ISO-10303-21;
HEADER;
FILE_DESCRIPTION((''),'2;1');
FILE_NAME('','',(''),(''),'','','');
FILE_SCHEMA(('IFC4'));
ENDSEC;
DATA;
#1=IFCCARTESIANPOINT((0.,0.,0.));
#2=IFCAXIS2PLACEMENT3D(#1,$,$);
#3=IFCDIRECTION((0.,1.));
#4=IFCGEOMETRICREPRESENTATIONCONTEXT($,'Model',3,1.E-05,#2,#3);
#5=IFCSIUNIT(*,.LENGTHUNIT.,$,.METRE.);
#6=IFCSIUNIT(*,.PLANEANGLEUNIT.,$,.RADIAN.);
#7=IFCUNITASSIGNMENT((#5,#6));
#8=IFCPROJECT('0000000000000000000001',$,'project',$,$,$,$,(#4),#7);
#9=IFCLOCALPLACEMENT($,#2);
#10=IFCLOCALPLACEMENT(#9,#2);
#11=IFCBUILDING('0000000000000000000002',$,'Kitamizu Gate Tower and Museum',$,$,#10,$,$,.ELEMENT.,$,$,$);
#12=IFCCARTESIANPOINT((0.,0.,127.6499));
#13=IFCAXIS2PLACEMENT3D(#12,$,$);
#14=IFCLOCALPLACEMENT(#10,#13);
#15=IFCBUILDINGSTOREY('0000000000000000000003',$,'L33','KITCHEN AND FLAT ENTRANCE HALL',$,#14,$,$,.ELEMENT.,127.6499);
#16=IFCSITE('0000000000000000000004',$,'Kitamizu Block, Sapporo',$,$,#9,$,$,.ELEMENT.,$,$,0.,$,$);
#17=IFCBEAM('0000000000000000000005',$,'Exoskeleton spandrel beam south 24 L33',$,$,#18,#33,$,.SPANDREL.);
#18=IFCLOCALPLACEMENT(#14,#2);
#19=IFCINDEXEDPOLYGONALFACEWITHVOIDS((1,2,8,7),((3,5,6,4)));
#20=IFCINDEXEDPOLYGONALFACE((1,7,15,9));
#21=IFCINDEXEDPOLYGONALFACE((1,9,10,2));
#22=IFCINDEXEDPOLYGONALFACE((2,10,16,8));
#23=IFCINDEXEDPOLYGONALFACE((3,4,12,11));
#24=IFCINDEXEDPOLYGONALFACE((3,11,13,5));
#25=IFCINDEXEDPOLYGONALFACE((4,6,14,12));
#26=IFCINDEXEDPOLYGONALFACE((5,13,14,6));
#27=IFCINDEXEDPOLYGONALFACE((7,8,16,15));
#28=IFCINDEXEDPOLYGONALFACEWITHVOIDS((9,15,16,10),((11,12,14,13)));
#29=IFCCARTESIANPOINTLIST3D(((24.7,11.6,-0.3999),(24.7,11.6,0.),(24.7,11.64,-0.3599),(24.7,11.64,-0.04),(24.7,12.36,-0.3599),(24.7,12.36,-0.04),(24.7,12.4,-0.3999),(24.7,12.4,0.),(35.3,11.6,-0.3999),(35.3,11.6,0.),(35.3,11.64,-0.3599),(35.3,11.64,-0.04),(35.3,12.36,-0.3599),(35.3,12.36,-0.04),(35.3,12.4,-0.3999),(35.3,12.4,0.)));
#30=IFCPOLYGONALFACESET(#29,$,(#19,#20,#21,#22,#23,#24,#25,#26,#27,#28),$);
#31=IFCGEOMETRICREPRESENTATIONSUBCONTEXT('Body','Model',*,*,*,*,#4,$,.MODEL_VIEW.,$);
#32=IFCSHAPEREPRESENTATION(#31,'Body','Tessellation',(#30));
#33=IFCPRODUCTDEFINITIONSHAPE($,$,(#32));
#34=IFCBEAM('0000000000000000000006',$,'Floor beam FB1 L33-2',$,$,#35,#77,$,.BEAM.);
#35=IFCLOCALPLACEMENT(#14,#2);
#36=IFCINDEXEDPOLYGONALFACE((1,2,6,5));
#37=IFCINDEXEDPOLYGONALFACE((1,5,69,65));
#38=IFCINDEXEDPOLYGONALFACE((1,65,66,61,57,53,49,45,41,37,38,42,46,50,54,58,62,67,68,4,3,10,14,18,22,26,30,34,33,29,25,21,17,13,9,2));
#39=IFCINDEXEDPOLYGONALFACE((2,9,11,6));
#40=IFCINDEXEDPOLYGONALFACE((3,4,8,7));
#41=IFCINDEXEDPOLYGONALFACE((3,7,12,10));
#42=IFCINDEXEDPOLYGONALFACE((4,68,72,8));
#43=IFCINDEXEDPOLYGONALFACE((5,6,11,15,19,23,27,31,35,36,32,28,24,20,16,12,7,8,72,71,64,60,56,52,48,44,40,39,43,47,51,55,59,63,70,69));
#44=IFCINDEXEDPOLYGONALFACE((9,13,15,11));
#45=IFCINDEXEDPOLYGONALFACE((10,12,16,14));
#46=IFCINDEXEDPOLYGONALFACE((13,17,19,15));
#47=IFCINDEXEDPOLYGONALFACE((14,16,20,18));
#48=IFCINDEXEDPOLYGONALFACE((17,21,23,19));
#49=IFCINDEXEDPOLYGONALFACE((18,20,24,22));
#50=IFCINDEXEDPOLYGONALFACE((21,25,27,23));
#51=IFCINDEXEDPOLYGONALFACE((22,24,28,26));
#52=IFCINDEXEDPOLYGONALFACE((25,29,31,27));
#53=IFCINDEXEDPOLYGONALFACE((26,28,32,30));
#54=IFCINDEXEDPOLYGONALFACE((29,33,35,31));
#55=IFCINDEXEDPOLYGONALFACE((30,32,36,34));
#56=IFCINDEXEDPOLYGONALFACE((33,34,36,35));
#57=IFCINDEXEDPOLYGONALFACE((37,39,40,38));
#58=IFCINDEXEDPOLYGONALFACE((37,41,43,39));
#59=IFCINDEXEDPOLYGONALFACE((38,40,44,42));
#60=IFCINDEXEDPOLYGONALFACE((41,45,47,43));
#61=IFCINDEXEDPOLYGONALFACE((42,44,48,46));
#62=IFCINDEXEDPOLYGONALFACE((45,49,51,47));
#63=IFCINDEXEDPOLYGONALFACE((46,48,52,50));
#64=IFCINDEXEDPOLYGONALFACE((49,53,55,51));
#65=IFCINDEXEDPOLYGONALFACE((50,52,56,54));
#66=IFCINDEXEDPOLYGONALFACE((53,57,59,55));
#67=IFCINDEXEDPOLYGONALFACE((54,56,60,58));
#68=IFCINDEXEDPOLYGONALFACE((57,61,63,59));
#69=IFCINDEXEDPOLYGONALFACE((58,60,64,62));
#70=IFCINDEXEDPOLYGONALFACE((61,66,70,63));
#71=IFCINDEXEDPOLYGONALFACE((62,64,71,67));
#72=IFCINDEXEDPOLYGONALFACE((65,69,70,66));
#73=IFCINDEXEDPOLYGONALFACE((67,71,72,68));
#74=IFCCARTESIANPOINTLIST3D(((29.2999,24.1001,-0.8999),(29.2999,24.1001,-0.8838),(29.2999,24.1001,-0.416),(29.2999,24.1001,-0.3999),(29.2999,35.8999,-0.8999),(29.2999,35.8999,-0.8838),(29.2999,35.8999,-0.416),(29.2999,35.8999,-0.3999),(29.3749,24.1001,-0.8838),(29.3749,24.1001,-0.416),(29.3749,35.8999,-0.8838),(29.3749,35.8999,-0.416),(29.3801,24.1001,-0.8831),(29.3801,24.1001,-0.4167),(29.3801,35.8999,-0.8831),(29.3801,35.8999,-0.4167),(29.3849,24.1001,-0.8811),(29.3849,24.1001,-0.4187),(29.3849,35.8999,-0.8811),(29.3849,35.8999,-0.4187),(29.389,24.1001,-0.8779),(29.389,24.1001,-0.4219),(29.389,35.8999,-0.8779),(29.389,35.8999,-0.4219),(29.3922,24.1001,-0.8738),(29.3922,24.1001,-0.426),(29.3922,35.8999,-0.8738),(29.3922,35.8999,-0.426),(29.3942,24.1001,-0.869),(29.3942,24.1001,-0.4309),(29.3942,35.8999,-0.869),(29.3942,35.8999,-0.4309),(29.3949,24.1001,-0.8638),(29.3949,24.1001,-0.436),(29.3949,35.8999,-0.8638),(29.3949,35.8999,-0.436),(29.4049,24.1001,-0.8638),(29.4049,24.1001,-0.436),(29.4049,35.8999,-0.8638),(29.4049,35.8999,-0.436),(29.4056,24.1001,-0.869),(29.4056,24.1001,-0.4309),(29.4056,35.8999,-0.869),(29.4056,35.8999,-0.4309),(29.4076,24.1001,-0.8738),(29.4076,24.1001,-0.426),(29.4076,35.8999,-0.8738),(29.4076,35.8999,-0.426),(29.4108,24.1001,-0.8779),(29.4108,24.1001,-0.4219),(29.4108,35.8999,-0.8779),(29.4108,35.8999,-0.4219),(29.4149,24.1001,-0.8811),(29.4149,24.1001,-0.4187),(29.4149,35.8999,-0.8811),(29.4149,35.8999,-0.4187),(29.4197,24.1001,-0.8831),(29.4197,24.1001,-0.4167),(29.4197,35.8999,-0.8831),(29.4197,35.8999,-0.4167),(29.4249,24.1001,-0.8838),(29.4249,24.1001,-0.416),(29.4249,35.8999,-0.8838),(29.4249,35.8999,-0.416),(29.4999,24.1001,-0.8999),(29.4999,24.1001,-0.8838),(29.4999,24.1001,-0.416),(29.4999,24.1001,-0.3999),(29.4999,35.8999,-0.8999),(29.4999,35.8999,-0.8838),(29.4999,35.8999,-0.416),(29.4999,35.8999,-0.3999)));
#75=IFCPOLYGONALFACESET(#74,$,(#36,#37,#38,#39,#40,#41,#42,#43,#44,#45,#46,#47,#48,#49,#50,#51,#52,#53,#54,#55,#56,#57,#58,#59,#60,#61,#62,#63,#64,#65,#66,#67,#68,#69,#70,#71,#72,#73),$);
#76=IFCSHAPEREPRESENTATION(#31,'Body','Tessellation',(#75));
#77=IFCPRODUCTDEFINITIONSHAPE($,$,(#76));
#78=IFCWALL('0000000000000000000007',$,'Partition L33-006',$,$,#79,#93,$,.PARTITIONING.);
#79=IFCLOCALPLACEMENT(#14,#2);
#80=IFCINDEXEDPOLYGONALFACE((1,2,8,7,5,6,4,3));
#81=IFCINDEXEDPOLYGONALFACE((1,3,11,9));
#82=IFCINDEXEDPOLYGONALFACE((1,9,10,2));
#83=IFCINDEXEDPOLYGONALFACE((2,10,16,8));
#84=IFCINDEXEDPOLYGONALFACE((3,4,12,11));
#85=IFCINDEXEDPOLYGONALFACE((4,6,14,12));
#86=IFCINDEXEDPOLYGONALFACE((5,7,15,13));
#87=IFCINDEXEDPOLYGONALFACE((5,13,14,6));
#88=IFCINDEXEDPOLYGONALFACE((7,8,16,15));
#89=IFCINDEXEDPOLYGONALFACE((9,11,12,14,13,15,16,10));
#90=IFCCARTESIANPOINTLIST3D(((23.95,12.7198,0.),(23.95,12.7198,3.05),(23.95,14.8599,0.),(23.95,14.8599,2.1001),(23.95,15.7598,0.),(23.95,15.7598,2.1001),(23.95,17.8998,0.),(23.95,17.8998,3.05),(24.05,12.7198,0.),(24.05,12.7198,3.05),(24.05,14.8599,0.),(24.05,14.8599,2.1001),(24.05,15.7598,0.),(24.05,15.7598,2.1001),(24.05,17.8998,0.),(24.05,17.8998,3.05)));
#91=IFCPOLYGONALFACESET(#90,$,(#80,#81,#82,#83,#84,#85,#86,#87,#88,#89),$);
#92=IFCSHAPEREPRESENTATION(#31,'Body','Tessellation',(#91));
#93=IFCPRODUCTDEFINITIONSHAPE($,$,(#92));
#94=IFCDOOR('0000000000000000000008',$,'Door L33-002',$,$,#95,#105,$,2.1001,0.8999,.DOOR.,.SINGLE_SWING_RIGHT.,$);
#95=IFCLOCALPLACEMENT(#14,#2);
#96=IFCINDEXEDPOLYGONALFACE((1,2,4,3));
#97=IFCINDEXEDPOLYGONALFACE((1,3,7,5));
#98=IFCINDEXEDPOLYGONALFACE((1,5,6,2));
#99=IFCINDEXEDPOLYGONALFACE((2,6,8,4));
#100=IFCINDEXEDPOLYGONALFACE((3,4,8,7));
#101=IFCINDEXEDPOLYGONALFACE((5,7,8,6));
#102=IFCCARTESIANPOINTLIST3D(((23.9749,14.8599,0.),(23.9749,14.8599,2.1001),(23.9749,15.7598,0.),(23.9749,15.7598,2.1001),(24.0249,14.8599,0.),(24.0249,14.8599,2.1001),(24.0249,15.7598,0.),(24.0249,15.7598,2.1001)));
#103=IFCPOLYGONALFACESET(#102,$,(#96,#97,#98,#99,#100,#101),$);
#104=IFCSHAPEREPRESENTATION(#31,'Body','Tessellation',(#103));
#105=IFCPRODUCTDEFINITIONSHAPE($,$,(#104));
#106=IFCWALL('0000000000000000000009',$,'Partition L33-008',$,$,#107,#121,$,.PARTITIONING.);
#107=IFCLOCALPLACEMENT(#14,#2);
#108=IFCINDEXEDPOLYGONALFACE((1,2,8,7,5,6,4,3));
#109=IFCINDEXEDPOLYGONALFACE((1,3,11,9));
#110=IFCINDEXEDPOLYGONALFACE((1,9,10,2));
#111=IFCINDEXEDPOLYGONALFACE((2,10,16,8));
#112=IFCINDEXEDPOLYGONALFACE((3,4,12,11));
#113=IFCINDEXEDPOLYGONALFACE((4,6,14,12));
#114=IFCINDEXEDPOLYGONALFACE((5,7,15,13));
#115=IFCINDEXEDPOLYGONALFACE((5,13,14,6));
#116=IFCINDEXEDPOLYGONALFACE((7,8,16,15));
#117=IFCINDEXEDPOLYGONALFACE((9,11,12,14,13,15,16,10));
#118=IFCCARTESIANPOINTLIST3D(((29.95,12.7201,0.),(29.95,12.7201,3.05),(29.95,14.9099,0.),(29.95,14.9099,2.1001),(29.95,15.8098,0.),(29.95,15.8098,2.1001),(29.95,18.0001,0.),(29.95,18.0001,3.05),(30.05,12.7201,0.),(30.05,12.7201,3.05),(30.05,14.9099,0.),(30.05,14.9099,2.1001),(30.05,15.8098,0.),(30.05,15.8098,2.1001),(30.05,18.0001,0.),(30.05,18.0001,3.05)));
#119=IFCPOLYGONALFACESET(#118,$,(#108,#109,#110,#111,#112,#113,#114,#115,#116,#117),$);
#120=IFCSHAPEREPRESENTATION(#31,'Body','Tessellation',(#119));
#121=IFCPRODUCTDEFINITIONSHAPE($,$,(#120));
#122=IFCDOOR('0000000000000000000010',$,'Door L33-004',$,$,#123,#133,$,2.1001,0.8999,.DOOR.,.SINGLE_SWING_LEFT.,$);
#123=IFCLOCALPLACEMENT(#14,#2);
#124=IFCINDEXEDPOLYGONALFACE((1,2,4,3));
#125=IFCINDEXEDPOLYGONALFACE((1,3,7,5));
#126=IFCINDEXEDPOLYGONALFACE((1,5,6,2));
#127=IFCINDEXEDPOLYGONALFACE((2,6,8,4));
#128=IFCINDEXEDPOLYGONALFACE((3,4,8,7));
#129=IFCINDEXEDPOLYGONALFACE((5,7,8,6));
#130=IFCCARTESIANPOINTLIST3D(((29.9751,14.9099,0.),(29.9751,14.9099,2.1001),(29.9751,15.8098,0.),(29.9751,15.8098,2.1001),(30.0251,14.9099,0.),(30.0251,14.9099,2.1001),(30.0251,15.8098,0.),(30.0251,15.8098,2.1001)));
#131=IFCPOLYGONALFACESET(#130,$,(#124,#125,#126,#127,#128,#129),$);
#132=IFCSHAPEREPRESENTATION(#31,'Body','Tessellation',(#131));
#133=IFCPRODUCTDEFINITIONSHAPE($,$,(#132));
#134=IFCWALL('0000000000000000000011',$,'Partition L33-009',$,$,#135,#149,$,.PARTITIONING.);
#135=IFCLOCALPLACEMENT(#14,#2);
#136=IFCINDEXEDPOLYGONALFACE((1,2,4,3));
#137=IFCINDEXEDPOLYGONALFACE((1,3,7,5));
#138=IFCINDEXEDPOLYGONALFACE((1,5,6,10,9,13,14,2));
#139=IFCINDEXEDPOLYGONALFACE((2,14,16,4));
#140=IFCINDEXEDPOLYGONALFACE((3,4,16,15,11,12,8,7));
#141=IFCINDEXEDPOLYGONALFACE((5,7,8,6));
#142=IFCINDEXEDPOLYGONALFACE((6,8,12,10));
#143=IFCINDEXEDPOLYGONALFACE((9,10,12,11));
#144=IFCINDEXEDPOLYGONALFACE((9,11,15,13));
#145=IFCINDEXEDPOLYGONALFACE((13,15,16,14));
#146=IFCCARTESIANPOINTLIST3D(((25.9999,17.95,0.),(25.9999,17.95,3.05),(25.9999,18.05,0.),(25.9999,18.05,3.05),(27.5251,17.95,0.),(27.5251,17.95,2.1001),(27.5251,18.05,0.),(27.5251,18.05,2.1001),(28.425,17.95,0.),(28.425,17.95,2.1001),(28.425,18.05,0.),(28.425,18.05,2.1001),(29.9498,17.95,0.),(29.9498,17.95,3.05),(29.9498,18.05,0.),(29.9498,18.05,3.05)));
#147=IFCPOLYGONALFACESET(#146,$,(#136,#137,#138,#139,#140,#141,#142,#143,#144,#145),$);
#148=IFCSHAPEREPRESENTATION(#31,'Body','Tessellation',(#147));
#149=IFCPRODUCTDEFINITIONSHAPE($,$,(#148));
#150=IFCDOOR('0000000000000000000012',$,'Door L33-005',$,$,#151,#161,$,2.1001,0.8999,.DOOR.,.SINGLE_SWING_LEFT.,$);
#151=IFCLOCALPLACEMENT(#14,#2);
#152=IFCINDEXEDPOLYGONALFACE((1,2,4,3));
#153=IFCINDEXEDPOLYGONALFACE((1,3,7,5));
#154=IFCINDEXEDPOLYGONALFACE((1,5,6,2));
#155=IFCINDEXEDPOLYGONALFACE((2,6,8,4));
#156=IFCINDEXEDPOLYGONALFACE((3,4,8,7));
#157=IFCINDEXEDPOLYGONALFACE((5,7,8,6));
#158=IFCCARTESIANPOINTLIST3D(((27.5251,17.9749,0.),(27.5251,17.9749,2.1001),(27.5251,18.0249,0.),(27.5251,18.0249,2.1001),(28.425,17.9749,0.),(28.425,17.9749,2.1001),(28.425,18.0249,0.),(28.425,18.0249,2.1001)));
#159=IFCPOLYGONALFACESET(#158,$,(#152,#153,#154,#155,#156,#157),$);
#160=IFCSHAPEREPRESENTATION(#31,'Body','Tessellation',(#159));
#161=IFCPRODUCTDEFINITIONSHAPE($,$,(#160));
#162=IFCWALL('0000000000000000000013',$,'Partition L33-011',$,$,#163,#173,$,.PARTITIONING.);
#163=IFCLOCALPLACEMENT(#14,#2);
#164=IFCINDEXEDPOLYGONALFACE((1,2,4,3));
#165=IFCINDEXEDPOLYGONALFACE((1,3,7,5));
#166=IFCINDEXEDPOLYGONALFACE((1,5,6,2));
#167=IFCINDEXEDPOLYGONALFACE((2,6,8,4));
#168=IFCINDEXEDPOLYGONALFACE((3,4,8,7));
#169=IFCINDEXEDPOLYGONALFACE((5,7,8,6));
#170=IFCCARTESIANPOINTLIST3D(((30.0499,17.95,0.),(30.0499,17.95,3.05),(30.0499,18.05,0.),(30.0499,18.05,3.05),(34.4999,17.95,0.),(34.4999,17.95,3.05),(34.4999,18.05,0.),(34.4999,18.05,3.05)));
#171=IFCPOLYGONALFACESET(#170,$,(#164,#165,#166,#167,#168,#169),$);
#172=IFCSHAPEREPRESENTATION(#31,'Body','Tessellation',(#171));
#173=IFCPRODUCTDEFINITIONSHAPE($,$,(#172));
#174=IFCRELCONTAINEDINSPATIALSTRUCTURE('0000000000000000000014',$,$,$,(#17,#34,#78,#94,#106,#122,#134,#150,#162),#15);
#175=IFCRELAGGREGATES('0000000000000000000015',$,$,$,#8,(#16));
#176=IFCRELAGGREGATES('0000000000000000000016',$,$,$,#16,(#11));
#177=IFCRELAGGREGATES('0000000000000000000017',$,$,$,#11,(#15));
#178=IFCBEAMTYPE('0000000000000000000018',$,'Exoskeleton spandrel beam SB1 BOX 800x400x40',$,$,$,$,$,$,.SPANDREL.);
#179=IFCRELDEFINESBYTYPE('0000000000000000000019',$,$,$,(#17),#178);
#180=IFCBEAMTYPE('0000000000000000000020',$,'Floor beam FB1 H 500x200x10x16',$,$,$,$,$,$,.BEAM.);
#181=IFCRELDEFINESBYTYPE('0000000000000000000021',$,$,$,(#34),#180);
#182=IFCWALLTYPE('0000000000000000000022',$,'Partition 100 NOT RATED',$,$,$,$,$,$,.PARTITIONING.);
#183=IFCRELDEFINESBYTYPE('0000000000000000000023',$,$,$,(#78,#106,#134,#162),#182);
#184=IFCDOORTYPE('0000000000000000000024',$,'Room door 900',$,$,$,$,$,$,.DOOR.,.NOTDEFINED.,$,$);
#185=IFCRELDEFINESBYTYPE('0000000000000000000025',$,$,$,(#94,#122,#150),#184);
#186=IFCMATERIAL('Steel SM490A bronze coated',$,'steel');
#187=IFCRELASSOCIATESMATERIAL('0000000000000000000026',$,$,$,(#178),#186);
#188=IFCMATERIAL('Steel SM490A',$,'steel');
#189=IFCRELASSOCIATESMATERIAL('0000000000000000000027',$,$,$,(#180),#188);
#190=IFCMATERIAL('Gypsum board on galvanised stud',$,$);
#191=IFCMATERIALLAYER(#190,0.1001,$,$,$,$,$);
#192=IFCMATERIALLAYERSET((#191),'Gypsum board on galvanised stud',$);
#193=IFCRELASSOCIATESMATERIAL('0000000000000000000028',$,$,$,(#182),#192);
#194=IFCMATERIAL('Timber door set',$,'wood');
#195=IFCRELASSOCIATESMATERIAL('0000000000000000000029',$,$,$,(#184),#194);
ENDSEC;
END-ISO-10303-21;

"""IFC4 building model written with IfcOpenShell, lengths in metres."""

from ifc_helpers import new_model, si_unit, direction, frame, frame_2d, origin, origin_2d, place, context, subcontext, project, spatial, rectangle, hollow_rectangle, i_section, extrude, material, layer, layer_set, material_profile, profile_set, type_object, element, fill, save


model = new_model("IFC4")

# Units and contexts
model_context = context("Model", 3, precision=1e-05, world=origin(), true_north=direction((0.0, 1.0)))
body_context = subcontext(model_context, "Body", "Model", "MODEL_VIEW")
ifc_project = project(units=[si_unit("LENGTHUNIT", "METRE"), si_unit("PLANEANGLEUNIT", "RADIAN")], contexts=[model_context])

# Site, building, storey
site_placement = place(None, origin())
site = spatial("IfcSite", under=ifc_project, at=site_placement, Name="Kitamizu Block, Sapporo", CompositionType="ELEMENT", RefElevation=0.0)
building_placement = place(site_placement, origin())
building = spatial("IfcBuilding", under=site, at=building_placement, Name="Kitamizu Gate Tower and Museum", CompositionType="ELEMENT")
storey_placement = place(building_placement, frame((0.0, 0.0, 127.6499)))
storey = spatial("IfcBuildingStorey", under=building, at=storey_placement, Name="L33", Description="KITCHEN AND FLAT ENTRANCE HALL", CompositionType="ELEMENT", Elevation=127.6499)

# Beams
ifc_material_1 = material(Name="Steel SM490A bronze coated", Category="steel")
ifc_material_profile_1 = material_profile(ifc_material_1, hollow_rectangle(XDim=0.8, YDim=0.3999, WallThickness=0.04, at=origin_2d()), Name="BOX 800x400x40")
ifc_profile_set_1 = profile_set([ifc_material_profile_1], Name="Steel SM490A bronze coated")
beam_type_1 = type_object("IfcBeamType", Name="Exoskeleton spandrel beam SB1 BOX 800x400x40", PredefinedType="SPANDREL", material=ifc_profile_set_1)
beam_1_placement = place(storey_placement, frame((24.7, 12.0, -0.2), z_axis=(1.0, 0.0, 0.0), x_axis=(0.0, 1.0, 0.0)))
element("IfcBeam", 1, at=beam_1_placement, inside=storey, type_object=beam_type_1, Name="Exoskeleton spandrel beam south 24 L33", PredefinedType="SPANDREL", context=body_context, shape_type="SweptSolid", body=[
    extrude(hollow_rectangle(XDim=0.8, YDim=0.3999, WallThickness=0.04, at=origin_2d()), origin(), (0.0, 0.0, 1.0), 10.6001),
])
ifc_material_2 = material(Name="Steel SM490A", Category="steel")
ifc_material_profile_2 = material_profile(ifc_material_2, i_section(OverallWidth=0.2, OverallDepth=0.5, WebThickness=0.01, FlangeThickness=0.0161, FilletRadius=0.02, at=origin_2d()), Name="H-500x200x10x16")
ifc_profile_set_2 = profile_set([ifc_material_profile_2], Name="Steel SM490A")
beam_type_2 = type_object("IfcBeamType", Name="Floor beam FB1 H 500x200x10x16", PredefinedType="BEAM", material=ifc_profile_set_2)
beam_2_placement = place(storey_placement, frame((29.3999, 24.1001, -0.6499), z_axis=(0.0, 1.0, 0.0), x_axis=(-1.0, 0.0, 0.0)))
element("IfcBeam", 2, at=beam_2_placement, inside=storey, type_object=beam_type_2, Name="Floor beam FB1 L33-2", PredefinedType="BEAM", context=body_context, shape_type="SweptSolid", body=[
    extrude(i_section(OverallWidth=0.2, OverallDepth=0.5, WebThickness=0.01, FlangeThickness=0.0161, FilletRadius=0.02, at=origin_2d()), origin(), (0.0, 0.0, 1.0), 11.7998),
])

# Walls, openings, doors
ifc_material_3 = material(Name="Gypsum board on galvanised stud")
ifc_layer_1 = layer(ifc_material_3, 0.1001)
ifc_layer_set_1 = layer_set([ifc_layer_1], Name="Gypsum board on galvanised stud")
wall_type_1 = type_object("IfcWallType", Name="Partition 100 NOT RATED", PredefinedType="PARTITIONING", material=ifc_layer_set_1)
wall_1_placement = place(storey_placement, frame((24.0, 12.72, 0.0), z_axis=(0.0, 0.0, 1.0), x_axis=(0.0, 1.0, 0.0)))
wall_1 = element("IfcWall", 3, at=wall_1_placement, inside=storey, type_object=wall_type_1, Name="Partition L33-006", PredefinedType="PARTITIONING", context=body_context, shape_type="SweptSolid", body=[
    extrude(rectangle(XDim=5.1799, YDim=0.1001, at=frame_2d((2.5898, 0.0))), origin(), (0.0, 0.0, 1.0), 3.05),
])
opening_1_placement = place(wall_1_placement, frame((2.1399, 0.0, 0.0)))
opening_1 = element("IfcOpeningElement", 4, at=opening_1_placement, cuts=wall_1, PredefinedType="OPENING", context=body_context, shape_type="SweptSolid", body=[
    extrude(rectangle(XDim=0.8999, YDim=2.1001, at=frame_2d((0.45, 1.05))), frame((0.0, 0.0601, 0.0), z_axis=(0.0, -1.0, 0.0), x_axis=(1.0, 0.0, 0.0)), (0.0, 0.0, 1.0), 0.1201),
])
ifc_material_4 = material(Name="Timber door set", Category="wood")
door_type_1 = type_object("IfcDoorType", Name="Room door 900", OperationType="NOTDEFINED", PredefinedType="DOOR", material=ifc_material_4)
door_1_placement = place(opening_1_placement, frame((0.8999, 0.0, 0.0), x_axis=(-1.0, 0.0, 0.0)))
door_1 = element("IfcDoor", 5, at=door_1_placement, inside=storey, type_object=door_type_1, Name="Door L33-002", OperationType="SINGLE_SWING_RIGHT", OverallHeight=2.1001, OverallWidth=0.8999, PredefinedType="DOOR", context=body_context, shape_type="SweptSolid", body=[
    extrude(rectangle(XDim=0.8999, YDim=2.1001, at=frame_2d((0.45, 1.05))), frame((0.0, 0.0249, 0.0), z_axis=(0.0, -1.0, 0.0), x_axis=(1.0, 0.0, 0.0)), (0.0, 0.0, 1.0), 0.05),
])
fill(opening_1, door_1)
wall_2_placement = place(storey_placement, frame((30.0, 12.72, 0.0), z_axis=(0.0, 0.0, 1.0), x_axis=(0.0, 1.0, 0.0)))
wall_2 = element("IfcWall", 6, at=wall_2_placement, inside=storey, type_object=wall_type_1, Name="Partition L33-008", PredefinedType="PARTITIONING", context=body_context, shape_type="SweptSolid", body=[
    extrude(rectangle(XDim=5.28, YDim=0.1001, at=frame_2d((2.6401, 0.0))), origin(), (0.0, 0.0, 1.0), 3.05),
])
opening_2_placement = place(wall_2_placement, frame((2.1899, 0.0, 0.0)))
opening_2 = element("IfcOpeningElement", 7, at=opening_2_placement, cuts=wall_2, PredefinedType="OPENING", context=body_context, shape_type="SweptSolid", body=[
    extrude(rectangle(XDim=0.8999, YDim=2.1001, at=frame_2d((0.45, 1.05))), frame((0.0, 0.0601, 0.0), z_axis=(0.0, -1.0, 0.0), x_axis=(1.0, 0.0, 0.0)), (0.0, 0.0, 1.0), 0.1201),
])
door_2_placement = place(opening_2_placement, origin())
door_2 = element("IfcDoor", 8, at=door_2_placement, inside=storey, type_object=door_type_1, Name="Door L33-004", OperationType="SINGLE_SWING_LEFT", OverallHeight=2.1001, OverallWidth=0.8999, PredefinedType="DOOR", context=body_context, shape_type="SweptSolid", body=[
    extrude(rectangle(XDim=0.8999, YDim=2.1001, at=frame_2d((0.45, 1.05))), frame((0.0, 0.0249, 0.0), z_axis=(0.0, -1.0, 0.0), x_axis=(1.0, 0.0, 0.0)), (0.0, 0.0, 1.0), 0.05),
])
fill(opening_2, door_2)
wall_3_placement = place(storey_placement, frame((29.95, 18.0, 0.0), z_axis=(0.0, 0.0, 1.0), x_axis=(-1.0, 0.0, 0.0)))
wall_3 = element("IfcWall", 9, at=wall_3_placement, inside=storey, type_object=wall_type_1, Name="Partition L33-009", PredefinedType="PARTITIONING", context=body_context, shape_type="SweptSolid", body=[
    extrude(rectangle(XDim=3.95, YDim=0.1001, at=frame_2d((1.9751, 0.0))), origin(), (0.0, 0.0, 1.0), 3.05),
])
opening_3_placement = place(wall_3_placement, frame((1.5249, 0.0, 0.0)))
opening_3 = element("IfcOpeningElement", 10, at=opening_3_placement, cuts=wall_3, PredefinedType="OPENING", context=body_context, shape_type="SweptSolid", body=[
    extrude(rectangle(XDim=0.8999, YDim=2.1001, at=frame_2d((0.45, 1.05))), frame((0.0, 0.0601, 0.0), z_axis=(0.0, -1.0, 0.0), x_axis=(1.0, 0.0, 0.0)), (0.0, 0.0, 1.0), 0.1201),
])
door_3_placement = place(opening_3_placement, frame((0.8999, 0.0, 0.0), x_axis=(-1.0, 0.0, 0.0)))
door_3 = element("IfcDoor", 11, at=door_3_placement, inside=storey, type_object=door_type_1, Name="Door L33-005", OperationType="SINGLE_SWING_LEFT", OverallHeight=2.1001, OverallWidth=0.8999, PredefinedType="DOOR", context=body_context, shape_type="SweptSolid", body=[
    extrude(rectangle(XDim=0.8999, YDim=2.1001, at=frame_2d((0.45, 1.05))), frame((0.0, 0.0249, 0.0), z_axis=(0.0, -1.0, 0.0), x_axis=(1.0, 0.0, 0.0)), (0.0, 0.0, 1.0), 0.05),
])
fill(opening_3, door_3)

# Wall
wall_4_placement = place(storey_placement, frame((34.5, 18.0, 0.0), z_axis=(0.0, 0.0, 1.0), x_axis=(-1.0, 0.0, 0.0)))
element("IfcWall", 12, at=wall_4_placement, inside=storey, type_object=wall_type_1, Name="Partition L33-011", PredefinedType="PARTITIONING", context=body_context, shape_type="SweptSolid", body=[
    extrude(rectangle(XDim=4.45, YDim=0.1001, at=frame_2d((2.2251, 0.0))), origin(), (0.0, 0.0, 1.0), 3.05),
])

save(model, "model.ifc")
